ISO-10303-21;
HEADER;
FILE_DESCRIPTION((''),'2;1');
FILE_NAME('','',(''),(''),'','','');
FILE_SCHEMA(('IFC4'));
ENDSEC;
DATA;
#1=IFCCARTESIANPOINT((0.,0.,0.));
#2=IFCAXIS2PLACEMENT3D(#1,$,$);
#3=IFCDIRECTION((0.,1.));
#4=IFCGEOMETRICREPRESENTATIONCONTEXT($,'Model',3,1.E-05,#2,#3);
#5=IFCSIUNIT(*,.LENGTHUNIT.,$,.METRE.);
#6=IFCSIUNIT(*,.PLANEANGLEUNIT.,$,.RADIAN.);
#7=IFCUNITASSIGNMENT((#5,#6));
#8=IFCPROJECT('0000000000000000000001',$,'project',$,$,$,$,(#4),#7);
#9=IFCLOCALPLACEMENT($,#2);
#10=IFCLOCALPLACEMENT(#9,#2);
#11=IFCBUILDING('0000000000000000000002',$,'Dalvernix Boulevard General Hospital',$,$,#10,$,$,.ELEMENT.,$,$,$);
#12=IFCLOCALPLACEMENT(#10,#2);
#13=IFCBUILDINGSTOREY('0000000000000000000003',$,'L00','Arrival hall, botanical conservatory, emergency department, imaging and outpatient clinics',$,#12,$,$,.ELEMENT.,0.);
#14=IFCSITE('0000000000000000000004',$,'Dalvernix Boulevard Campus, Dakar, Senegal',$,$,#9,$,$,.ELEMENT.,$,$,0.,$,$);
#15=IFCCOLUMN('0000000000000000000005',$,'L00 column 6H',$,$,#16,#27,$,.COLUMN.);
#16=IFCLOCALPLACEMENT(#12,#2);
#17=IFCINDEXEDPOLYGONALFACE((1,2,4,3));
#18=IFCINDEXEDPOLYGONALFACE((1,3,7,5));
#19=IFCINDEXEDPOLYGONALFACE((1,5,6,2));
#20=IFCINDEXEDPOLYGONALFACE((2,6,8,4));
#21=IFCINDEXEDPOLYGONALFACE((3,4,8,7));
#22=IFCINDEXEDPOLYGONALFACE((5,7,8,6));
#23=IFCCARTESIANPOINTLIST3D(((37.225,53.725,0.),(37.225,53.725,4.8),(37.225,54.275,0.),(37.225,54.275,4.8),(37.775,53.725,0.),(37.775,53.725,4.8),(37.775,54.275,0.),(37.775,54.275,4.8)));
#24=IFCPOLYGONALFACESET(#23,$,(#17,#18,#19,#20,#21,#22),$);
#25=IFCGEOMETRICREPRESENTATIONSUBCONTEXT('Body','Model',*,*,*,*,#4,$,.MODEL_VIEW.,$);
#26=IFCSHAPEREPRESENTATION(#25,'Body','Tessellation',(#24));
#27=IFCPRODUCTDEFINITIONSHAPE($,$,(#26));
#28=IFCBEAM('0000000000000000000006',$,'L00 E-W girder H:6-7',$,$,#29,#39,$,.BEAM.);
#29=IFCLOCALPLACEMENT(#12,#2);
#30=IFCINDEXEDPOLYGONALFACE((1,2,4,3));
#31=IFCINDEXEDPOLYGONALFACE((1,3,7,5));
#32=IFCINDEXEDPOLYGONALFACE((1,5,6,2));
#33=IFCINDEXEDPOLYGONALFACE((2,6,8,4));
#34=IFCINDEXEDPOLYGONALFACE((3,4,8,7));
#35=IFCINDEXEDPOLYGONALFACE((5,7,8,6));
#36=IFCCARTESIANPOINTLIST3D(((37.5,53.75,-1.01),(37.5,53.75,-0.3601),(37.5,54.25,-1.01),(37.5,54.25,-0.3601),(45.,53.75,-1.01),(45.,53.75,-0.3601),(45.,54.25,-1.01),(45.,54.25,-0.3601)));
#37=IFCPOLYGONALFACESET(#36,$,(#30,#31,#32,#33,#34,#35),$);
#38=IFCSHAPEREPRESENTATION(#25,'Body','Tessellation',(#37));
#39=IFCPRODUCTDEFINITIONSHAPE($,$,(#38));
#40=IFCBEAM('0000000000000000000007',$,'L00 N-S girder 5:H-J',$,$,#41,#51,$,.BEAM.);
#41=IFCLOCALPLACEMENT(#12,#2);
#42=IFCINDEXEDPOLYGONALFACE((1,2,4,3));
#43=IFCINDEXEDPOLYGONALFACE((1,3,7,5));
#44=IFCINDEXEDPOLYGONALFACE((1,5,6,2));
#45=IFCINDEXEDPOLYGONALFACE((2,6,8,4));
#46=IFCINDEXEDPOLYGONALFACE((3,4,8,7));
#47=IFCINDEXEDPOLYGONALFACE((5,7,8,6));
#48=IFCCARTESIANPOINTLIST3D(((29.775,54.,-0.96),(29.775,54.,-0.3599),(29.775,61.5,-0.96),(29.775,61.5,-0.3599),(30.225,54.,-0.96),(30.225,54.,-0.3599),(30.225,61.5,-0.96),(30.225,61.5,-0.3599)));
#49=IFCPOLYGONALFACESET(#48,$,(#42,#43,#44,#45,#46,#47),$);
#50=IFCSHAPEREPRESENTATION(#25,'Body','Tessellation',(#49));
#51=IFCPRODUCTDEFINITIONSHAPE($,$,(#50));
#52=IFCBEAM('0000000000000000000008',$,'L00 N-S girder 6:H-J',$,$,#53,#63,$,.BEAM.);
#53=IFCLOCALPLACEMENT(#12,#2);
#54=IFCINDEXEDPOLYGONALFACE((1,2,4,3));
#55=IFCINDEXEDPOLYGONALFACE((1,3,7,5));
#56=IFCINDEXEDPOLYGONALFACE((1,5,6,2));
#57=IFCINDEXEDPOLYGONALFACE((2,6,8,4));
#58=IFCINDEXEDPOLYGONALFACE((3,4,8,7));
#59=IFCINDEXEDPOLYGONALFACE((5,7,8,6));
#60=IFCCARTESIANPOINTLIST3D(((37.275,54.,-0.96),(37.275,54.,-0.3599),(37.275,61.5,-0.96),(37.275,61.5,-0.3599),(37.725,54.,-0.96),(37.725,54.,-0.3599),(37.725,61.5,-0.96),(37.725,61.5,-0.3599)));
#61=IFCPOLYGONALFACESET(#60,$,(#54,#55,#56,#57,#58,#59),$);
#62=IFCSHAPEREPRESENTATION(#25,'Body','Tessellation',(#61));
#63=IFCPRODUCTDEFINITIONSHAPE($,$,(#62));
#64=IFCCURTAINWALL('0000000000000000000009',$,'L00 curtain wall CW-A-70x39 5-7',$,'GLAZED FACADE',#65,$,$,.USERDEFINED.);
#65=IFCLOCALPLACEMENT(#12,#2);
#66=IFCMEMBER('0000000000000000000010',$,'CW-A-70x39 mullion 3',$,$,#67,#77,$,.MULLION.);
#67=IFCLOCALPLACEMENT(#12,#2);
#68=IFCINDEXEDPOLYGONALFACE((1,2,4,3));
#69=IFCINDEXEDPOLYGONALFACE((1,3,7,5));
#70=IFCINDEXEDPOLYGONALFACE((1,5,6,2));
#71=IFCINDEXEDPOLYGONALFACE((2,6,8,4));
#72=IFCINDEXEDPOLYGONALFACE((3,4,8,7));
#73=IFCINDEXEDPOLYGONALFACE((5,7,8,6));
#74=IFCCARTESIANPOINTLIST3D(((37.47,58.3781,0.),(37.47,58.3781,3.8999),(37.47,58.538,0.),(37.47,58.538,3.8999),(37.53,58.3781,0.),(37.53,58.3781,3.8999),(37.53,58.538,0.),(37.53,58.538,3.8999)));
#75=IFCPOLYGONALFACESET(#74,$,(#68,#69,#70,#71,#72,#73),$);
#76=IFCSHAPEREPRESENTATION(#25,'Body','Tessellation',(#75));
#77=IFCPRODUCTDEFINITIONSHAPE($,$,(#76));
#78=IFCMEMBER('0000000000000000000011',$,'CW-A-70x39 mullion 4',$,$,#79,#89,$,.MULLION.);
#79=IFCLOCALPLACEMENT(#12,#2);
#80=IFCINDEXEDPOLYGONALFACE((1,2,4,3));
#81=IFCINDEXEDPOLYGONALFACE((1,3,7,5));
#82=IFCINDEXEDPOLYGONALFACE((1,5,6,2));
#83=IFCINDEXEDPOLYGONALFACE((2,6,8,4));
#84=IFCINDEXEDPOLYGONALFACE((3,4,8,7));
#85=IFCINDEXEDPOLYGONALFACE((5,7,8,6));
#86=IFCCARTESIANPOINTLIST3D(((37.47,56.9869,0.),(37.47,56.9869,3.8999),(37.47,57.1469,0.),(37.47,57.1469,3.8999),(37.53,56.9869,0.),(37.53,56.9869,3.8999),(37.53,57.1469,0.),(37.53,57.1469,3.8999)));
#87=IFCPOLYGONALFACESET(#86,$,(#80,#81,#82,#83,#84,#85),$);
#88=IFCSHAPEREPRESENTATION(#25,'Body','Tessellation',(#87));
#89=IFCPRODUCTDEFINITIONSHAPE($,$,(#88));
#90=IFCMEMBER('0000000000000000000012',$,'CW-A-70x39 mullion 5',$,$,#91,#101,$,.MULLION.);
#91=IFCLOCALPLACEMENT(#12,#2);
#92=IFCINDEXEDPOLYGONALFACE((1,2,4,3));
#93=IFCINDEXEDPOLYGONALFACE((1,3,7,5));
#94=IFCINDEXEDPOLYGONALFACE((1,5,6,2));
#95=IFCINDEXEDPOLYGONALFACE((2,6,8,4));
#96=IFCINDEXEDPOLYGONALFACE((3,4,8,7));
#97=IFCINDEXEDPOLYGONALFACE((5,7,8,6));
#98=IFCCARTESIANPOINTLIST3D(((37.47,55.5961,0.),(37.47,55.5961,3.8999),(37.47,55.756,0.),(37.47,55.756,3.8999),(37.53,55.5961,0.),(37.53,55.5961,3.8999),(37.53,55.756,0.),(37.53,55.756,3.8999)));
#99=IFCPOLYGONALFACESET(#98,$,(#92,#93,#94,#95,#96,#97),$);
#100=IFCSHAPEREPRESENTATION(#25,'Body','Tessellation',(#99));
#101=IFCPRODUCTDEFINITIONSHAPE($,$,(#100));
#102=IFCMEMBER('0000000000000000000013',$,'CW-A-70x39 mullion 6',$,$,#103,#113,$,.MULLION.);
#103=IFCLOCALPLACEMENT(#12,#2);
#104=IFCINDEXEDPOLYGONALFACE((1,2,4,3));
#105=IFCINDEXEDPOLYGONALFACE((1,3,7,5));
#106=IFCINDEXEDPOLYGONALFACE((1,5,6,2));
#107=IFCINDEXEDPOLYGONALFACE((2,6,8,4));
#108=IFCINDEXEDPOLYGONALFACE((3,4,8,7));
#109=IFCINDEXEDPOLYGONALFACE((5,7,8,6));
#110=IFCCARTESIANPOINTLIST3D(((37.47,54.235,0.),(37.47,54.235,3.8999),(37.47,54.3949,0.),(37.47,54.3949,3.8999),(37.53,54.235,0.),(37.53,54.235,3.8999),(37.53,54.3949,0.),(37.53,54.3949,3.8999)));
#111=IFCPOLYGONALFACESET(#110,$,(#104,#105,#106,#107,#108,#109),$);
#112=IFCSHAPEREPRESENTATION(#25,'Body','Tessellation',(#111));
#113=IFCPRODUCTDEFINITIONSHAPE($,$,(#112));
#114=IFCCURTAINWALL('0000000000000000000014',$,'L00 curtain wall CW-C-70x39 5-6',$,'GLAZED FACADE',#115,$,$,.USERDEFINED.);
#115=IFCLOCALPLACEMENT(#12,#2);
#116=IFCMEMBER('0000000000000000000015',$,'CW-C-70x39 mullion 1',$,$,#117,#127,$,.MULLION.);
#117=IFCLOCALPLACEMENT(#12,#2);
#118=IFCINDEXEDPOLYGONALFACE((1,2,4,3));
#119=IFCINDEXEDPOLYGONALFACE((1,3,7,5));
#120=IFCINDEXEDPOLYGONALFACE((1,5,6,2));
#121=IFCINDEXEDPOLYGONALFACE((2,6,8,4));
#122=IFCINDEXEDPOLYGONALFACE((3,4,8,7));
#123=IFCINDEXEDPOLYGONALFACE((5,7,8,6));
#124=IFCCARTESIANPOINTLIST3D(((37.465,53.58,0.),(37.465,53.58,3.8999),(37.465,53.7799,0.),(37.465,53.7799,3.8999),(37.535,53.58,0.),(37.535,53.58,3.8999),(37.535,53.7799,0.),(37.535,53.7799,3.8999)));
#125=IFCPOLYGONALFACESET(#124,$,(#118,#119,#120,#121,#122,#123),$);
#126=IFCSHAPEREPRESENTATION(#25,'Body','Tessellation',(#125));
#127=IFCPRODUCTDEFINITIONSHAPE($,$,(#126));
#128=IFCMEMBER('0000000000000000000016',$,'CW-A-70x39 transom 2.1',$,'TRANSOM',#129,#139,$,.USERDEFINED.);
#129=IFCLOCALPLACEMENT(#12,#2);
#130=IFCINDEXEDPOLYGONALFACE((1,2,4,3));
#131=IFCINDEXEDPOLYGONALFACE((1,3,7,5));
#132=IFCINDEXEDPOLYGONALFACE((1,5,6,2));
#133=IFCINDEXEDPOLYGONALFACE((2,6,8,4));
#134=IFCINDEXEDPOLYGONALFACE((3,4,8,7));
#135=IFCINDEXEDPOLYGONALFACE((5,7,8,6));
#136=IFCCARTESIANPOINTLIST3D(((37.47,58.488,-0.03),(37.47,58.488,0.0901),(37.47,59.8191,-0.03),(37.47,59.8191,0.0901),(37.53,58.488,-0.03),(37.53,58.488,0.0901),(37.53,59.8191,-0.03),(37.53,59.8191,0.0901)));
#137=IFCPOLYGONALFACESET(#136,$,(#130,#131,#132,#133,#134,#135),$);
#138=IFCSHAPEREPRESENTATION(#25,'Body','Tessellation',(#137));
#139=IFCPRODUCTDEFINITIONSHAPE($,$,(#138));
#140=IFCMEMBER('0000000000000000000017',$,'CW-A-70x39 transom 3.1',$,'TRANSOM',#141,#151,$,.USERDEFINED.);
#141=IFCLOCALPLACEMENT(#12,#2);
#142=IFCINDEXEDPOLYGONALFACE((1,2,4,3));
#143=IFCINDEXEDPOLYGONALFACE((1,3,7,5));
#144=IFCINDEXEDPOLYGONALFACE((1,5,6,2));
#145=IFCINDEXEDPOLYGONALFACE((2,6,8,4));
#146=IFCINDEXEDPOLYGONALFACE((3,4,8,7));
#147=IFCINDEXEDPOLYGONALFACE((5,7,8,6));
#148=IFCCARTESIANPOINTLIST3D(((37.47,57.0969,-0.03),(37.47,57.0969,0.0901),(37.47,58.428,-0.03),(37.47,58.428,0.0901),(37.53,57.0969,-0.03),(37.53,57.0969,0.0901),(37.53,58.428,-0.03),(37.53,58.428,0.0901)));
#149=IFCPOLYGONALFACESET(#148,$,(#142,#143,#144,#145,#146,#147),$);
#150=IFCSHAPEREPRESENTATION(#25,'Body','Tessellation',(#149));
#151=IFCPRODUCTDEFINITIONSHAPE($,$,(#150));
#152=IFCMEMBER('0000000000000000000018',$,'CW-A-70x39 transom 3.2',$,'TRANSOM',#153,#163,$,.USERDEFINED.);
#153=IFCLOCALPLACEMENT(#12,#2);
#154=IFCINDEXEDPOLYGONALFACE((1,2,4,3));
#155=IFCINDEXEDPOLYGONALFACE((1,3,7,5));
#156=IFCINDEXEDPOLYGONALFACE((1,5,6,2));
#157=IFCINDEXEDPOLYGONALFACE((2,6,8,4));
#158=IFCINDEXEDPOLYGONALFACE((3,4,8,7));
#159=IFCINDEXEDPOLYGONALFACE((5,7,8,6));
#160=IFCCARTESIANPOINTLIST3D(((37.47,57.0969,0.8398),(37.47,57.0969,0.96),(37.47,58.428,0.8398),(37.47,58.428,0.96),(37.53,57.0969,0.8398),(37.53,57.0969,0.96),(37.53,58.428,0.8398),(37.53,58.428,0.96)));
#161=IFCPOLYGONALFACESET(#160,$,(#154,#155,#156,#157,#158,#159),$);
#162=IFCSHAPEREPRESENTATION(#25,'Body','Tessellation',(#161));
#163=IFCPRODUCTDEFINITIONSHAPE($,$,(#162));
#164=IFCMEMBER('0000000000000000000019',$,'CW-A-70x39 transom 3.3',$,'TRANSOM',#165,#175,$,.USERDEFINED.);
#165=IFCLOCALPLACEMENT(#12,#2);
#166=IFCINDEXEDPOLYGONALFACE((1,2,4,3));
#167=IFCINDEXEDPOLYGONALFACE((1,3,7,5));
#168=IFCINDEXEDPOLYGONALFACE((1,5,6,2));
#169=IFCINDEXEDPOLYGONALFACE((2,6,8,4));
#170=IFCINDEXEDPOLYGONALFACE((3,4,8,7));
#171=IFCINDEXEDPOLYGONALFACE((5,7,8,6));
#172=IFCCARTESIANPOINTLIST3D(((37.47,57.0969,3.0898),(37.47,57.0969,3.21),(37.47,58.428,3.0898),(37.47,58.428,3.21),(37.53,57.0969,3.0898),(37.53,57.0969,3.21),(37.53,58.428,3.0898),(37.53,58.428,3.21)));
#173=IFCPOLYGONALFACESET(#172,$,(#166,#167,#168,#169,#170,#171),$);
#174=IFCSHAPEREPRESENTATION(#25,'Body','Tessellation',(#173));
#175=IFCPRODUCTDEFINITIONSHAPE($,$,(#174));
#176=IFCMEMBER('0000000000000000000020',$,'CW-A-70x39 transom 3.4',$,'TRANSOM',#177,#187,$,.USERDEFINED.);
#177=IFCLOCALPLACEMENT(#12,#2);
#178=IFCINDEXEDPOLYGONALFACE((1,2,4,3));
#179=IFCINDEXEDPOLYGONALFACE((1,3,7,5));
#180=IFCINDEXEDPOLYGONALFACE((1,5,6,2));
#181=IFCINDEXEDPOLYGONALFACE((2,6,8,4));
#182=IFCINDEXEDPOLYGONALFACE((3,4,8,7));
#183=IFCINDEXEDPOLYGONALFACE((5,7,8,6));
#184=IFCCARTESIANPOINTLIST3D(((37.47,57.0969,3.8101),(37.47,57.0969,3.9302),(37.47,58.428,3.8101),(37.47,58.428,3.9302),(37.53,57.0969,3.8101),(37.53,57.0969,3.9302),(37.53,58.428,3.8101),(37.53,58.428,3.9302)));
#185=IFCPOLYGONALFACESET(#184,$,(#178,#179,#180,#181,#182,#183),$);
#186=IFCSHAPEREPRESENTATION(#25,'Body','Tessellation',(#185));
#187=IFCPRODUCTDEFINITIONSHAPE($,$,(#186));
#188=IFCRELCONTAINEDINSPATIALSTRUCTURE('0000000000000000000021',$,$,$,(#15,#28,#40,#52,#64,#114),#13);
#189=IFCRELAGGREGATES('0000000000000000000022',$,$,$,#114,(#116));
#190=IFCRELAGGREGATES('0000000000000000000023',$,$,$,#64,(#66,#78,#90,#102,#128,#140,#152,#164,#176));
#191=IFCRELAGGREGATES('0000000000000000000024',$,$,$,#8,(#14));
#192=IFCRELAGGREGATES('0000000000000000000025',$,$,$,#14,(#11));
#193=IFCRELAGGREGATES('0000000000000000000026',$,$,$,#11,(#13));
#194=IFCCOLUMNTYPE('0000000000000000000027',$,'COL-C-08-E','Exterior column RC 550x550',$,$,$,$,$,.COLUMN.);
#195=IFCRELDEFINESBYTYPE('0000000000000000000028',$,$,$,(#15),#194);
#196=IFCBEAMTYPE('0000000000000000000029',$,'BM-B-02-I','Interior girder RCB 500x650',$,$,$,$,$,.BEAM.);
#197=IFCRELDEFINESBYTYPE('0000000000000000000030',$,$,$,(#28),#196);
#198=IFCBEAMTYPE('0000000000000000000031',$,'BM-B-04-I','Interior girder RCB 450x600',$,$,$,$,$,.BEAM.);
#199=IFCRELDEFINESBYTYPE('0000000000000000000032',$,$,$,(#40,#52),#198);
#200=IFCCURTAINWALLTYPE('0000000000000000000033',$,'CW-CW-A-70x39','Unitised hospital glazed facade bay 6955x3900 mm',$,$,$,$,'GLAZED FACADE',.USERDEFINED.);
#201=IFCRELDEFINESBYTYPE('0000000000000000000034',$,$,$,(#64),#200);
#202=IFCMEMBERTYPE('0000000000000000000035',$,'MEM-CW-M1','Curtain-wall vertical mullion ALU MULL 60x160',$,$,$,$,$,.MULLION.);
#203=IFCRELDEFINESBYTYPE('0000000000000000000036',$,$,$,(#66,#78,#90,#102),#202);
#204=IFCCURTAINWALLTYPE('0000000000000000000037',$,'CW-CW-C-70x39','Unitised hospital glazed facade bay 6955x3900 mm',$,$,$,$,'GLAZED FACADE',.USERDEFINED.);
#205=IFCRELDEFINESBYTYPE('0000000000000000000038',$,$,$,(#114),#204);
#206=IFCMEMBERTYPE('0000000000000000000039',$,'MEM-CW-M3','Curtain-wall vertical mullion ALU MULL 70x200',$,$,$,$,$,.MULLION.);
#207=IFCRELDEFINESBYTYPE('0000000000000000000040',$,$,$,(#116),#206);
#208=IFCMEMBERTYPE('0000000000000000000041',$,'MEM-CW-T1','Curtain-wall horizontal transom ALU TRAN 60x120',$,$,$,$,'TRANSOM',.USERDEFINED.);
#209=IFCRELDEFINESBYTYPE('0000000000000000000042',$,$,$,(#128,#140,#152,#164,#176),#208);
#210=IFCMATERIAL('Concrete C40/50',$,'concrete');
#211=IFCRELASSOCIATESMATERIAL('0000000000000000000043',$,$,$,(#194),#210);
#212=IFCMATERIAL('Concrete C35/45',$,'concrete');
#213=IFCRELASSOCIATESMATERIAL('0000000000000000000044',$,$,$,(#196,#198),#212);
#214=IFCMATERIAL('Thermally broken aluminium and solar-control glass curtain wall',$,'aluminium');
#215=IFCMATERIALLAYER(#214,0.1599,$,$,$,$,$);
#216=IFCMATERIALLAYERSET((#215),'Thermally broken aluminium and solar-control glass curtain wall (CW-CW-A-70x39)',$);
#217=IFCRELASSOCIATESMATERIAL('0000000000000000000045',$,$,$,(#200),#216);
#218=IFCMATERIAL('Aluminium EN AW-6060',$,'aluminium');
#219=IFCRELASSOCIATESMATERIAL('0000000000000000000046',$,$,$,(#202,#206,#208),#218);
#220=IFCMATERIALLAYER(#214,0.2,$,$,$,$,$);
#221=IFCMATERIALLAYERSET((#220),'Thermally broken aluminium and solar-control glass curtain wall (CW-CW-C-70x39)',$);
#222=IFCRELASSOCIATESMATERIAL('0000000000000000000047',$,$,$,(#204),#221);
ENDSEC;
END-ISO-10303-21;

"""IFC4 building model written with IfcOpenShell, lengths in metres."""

from ifc_helpers import new_model, si_unit, direction, frame, origin, origin_2d, place, context, subcontext, project, spatial, rectangle, extrude, material, layer, layer_set, material_profile, profile_set, type_object, element, aggregate, save


model = new_model("IFC4")

# Units and contexts
model_context = context("Model", 3, precision=1e-05, world=origin(), true_north=direction((0.0, 1.0)))
body_context = subcontext(model_context, "Body", "Model", "MODEL_VIEW")
ifc_project = project(units=[si_unit("LENGTHUNIT", "METRE"), si_unit("PLANEANGLEUNIT", "RADIAN")], contexts=[model_context])

# Site, building, storey
site_placement = place(None, origin())
site = spatial("IfcSite", under=ifc_project, at=site_placement, Name="Dalvernix Boulevard Campus, Dakar, Senegal", CompositionType="ELEMENT", RefElevation=0.0)
building_placement = place(site_placement, origin())
building = spatial("IfcBuilding", under=site, at=building_placement, Name="Dalvernix Boulevard General Hospital", CompositionType="ELEMENT")
storey_placement = place(building_placement, origin())
storey = spatial("IfcBuildingStorey", under=building, at=storey_placement, Name="L00", Description="Arrival hall, botanical conservatory, emergency department, imaging and outpatient clinics", CompositionType="ELEMENT", Elevation=0.0)

# Column
ifc_material_1 = material(Name="Concrete C40/50", Category="concrete")
ifc_material_profile_1 = material_profile(ifc_material_1, rectangle(XDim=0.55, YDim=0.55, at=origin_2d()), Name="RC 550x550")
ifc_profile_set_1 = profile_set([ifc_material_profile_1], Name="Concrete C40/50")
column_type = type_object("IfcColumnType", Name="COL-C-08-E", Description="Exterior column RC 550x550", PredefinedType="COLUMN", material=ifc_profile_set_1)
column_placement = place(storey_placement, frame((37.5, 54.0, 0.0), z_axis=(0.0, 0.0, 1.0), x_axis=(1.0, 0.0, 0.0)))
element("IfcColumn", 1, at=column_placement, inside=storey, type_object=column_type, Name="L00 column 6H", PredefinedType="COLUMN", context=body_context, shape_type="SweptSolid", body=[
    extrude(rectangle(XDim=0.55, YDim=0.55, at=origin_2d()), origin(), (0.0, 0.0, 1.0), 4.8),
])

# Beams
ifc_material_2 = material(Name="Concrete C35/45", Category="concrete")
ifc_material_profile_2 = material_profile(ifc_material_2, rectangle(XDim=0.5, YDim=0.6499, at=origin_2d()), Name="RCB 500x650")
ifc_profile_set_2 = profile_set([ifc_material_profile_2], Name="Concrete C35/45")
beam_type_1 = type_object("IfcBeamType", Name="BM-B-02-I", Description="Interior girder RCB 500x650", PredefinedType="BEAM", material=ifc_profile_set_2)
beam_placement = place(storey_placement, frame((37.5, 54.0, -0.6851), z_axis=(1.0, 0.0, 0.0), x_axis=(0.0, 1.0, 0.0)))
element("IfcBeam", 2, at=beam_placement, inside=storey, type_object=beam_type_1, Name="L00 E-W girder H:6-7", PredefinedType="BEAM", context=body_context, shape_type="SweptSolid", body=[
    extrude(rectangle(XDim=0.5, YDim=0.6499, at=origin_2d()), origin(), (0.0, 0.0, 1.0), 7.5),
])
ifc_material_profile_3 = material_profile(ifc_material_2, rectangle(XDim=0.45, YDim=0.6001, at=origin_2d()), Name="RCB 450x600")
ifc_profile_set_3 = profile_set([ifc_material_profile_3], Name="Concrete C35/45")
beam_type_2 = type_object("IfcBeamType", Name="BM-B-04-I", Description="Interior girder RCB 450x600", PredefinedType="BEAM", material=ifc_profile_set_3)
for number, where, z_axis, x_axis, name in (
    (3, (30.0, 54.0, -0.6599), (0.0, 1.0, 0.0), (-1.0, 0.0, 0.0), "L00 N-S girder 5:H-J"),
    (4, (37.5, 54.0, -0.6599), (0.0, 1.0, 0.0), (-1.0, 0.0, 0.0), "L00 N-S girder 6:H-J"),
):
    element("IfcBeam", number, at=place(storey_placement, frame(where, z_axis=z_axis, x_axis=x_axis)), inside=storey, type_object=beam_type_2, Name=name, PredefinedType="BEAM", context=body_context, shape_type="SweptSolid", body=[
        extrude(rectangle(XDim=0.45, YDim=0.6001, at=origin_2d()), origin(), (0.0, 0.0, 1.0), 7.5),
    ])

# Curtain wall, members
ifc_material_3 = material(Name="Thermally broken aluminium and solar-control glass curtain wall", Category="aluminium")
ifc_layer_1 = layer(ifc_material_3, 0.1599)
ifc_layer_set_1 = layer_set([ifc_layer_1], Name="Thermally broken aluminium and solar-control glass curtain wall (CW-CW-A-70x39)")
curtain_wall_type_1 = type_object("IfcCurtainWallType", Name="CW-CW-A-70x39", Description="Unitised hospital glazed facade bay 6955x3900 mm", ElementType="GLAZED FACADE", PredefinedType="USERDEFINED", material=ifc_layer_set_1)
curtain_wall_1_placement = place(storey_placement, origin())
curtain_wall_1 = element("IfcCurtainWall", 5, at=curtain_wall_1_placement, inside=storey, type_object=curtain_wall_type_1, Name="L00 curtain wall CW-A-70x39 5-7", ObjectType="GLAZED FACADE", PredefinedType="USERDEFINED")
ifc_material_4 = material(Name="Aluminium EN AW-6060", Category="aluminium")
ifc_material_profile_4 = material_profile(ifc_material_4, rectangle(XDim=0.0601, YDim=0.1599, at=origin_2d()), Name="ALU MULL 60x160")
ifc_profile_set_4 = profile_set([ifc_material_profile_4], Name="Aluminium EN AW-6060")
member_type_1 = type_object("IfcMemberType", Name="MEM-CW-M1", Description="Curtain-wall vertical mullion ALU MULL 60x160", PredefinedType="MULLION", material=ifc_profile_set_4)
member_1_placement = place(storey_placement, frame((37.5, 58.458, 0.0), z_axis=(0.0, 0.0, 1.0), x_axis=(1.0, 0.0, 0.0)))
member_1 = element("IfcMember", 6, at=member_1_placement, type_object=member_type_1, Name="CW-A-70x39 mullion 3", PredefinedType="MULLION", context=body_context, shape_type="SweptSolid", body=[
    extrude(rectangle(XDim=0.0601, YDim=0.1599, at=origin_2d()), origin(), (0.0, 0.0, 1.0), 3.8999),
])
member_2_placement = place(storey_placement, frame((37.5, 57.0669, 0.0), z_axis=(0.0, 0.0, 1.0), x_axis=(1.0, 0.0, 0.0)))
member_2 = element("IfcMember", 7, at=member_2_placement, type_object=member_type_1, Name="CW-A-70x39 mullion 4", PredefinedType="MULLION", context=body_context, shape_type="SweptSolid", body=[
    extrude(rectangle(XDim=0.0601, YDim=0.1599, at=origin_2d()), origin(), (0.0, 0.0, 1.0), 3.8999),
])
member_3_placement = place(storey_placement, frame((37.5, 55.676, 0.0), z_axis=(0.0, 0.0, 1.0), x_axis=(1.0, 0.0, 0.0)))
member_3 = element("IfcMember", 8, at=member_3_placement, type_object=member_type_1, Name="CW-A-70x39 mullion 5", PredefinedType="MULLION", context=body_context, shape_type="SweptSolid", body=[
    extrude(rectangle(XDim=0.0601, YDim=0.1599, at=origin_2d()), origin(), (0.0, 0.0, 1.0), 3.8999),
])
member_4_placement = place(storey_placement, frame((37.5, 54.3149, 0.0), z_axis=(0.0, 0.0, 1.0), x_axis=(1.0, 0.0, 0.0)))
member_4 = element("IfcMember", 9, at=member_4_placement, type_object=member_type_1, Name="CW-A-70x39 mullion 6", PredefinedType="MULLION", context=body_context, shape_type="SweptSolid", body=[
    extrude(rectangle(XDim=0.0601, YDim=0.1599, at=origin_2d()), origin(), (0.0, 0.0, 1.0), 3.8999),
])

# Curtain wall, member
ifc_layer_2 = layer(ifc_material_3, 0.2)
ifc_layer_set_2 = layer_set([ifc_layer_2], Name="Thermally broken aluminium and solar-control glass curtain wall (CW-CW-C-70x39)")
curtain_wall_type_2 = type_object("IfcCurtainWallType", Name="CW-CW-C-70x39", Description="Unitised hospital glazed facade bay 6955x3900 mm", ElementType="GLAZED FACADE", PredefinedType="USERDEFINED", material=ifc_layer_set_2)
curtain_wall_2_placement = place(storey_placement, origin())
curtain_wall_2 = element("IfcCurtainWall", 10, at=curtain_wall_2_placement, inside=storey, type_object=curtain_wall_type_2, Name="L00 curtain wall CW-C-70x39 5-6", ObjectType="GLAZED FACADE", PredefinedType="USERDEFINED")
ifc_material_profile_5 = material_profile(ifc_material_4, rectangle(XDim=0.0701, YDim=0.2, at=origin_2d()), Name="ALU MULL 70x200")
ifc_profile_set_5 = profile_set([ifc_material_profile_5], Name="Aluminium EN AW-6060")
member_type_2 = type_object("IfcMemberType", Name="MEM-CW-M3", Description="Curtain-wall vertical mullion ALU MULL 70x200", PredefinedType="MULLION", material=ifc_profile_set_5)
member_5_placement = place(storey_placement, frame((37.5, 53.6799, 0.0), z_axis=(0.0, 0.0, 1.0), x_axis=(1.0, 0.0, 0.0)))
member_5 = element("IfcMember", 11, at=member_5_placement, type_object=member_type_2, Name="CW-C-70x39 mullion 1", PredefinedType="MULLION", context=body_context, shape_type="SweptSolid", body=[
    extrude(rectangle(XDim=0.0701, YDim=0.2, at=origin_2d()), origin(), (0.0, 0.0, 1.0), 3.8999),
])

# Members
ifc_material_profile_6 = material_profile(ifc_material_4, rectangle(XDim=0.0601, YDim=0.1201, at=origin_2d()), Name="ALU TRAN 60x120")
ifc_profile_set_6 = profile_set([ifc_material_profile_6], Name="Aluminium EN AW-6060")
member_type_3 = type_object("IfcMemberType", Name="MEM-CW-T1", Description="Curtain-wall horizontal transom ALU TRAN 60x120", ElementType="TRANSOM", PredefinedType="USERDEFINED", material=ifc_profile_set_6)
member_6_placement = place(storey_placement, frame((37.5, 59.8191, 0.03), z_axis=(0.0, -1.0, 0.0), x_axis=(1.0, 0.0, 0.0)))
member_6 = element("IfcMember", 12, at=member_6_placement, type_object=member_type_3, Name="CW-A-70x39 transom 2.1", ObjectType="TRANSOM", PredefinedType="USERDEFINED", context=body_context, shape_type="SweptSolid", body=[
    extrude(rectangle(XDim=0.0601, YDim=0.1201, at=origin_2d()), origin(), (0.0, 0.0, 1.0), 1.3311),
])
member_7_placement = place(storey_placement, frame((37.5, 58.428, 0.03), z_axis=(0.0, -1.0, 0.0), x_axis=(1.0, 0.0, 0.0)))
member_7 = element("IfcMember", 13, at=member_7_placement, type_object=member_type_3, Name="CW-A-70x39 transom 3.1", ObjectType="TRANSOM", PredefinedType="USERDEFINED", context=body_context, shape_type="SweptSolid", body=[
    extrude(rectangle(XDim=0.0601, YDim=0.1201, at=origin_2d()), origin(), (0.0, 0.0, 1.0), 1.3311),
])
member_8_placement = place(storey_placement, frame((37.5, 58.428, 0.8999), z_axis=(0.0, -1.0, 0.0), x_axis=(1.0, 0.0, 0.0)))
member_8 = element("IfcMember", 14, at=member_8_placement, type_object=member_type_3, Name="CW-A-70x39 transom 3.2", ObjectType="TRANSOM", PredefinedType="USERDEFINED", context=body_context, shape_type="SweptSolid", body=[
    extrude(rectangle(XDim=0.0601, YDim=0.1201, at=origin_2d()), origin(), (0.0, 0.0, 1.0), 1.3311),
])
member_9_placement = place(storey_placement, frame((37.5, 58.428, 3.1499), z_axis=(0.0, -1.0, 0.0), x_axis=(1.0, 0.0, 0.0)))
member_9 = element("IfcMember", 15, at=member_9_placement, type_object=member_type_3, Name="CW-A-70x39 transom 3.3", ObjectType="TRANSOM", PredefinedType="USERDEFINED", context=body_context, shape_type="SweptSolid", body=[
    extrude(rectangle(XDim=0.0601, YDim=0.1201, at=origin_2d()), origin(), (0.0, 0.0, 1.0), 1.3311),
])
member_10_placement = place(storey_placement, frame((37.5, 58.428, 3.8701), z_axis=(0.0, -1.0, 0.0), x_axis=(1.0, 0.0, 0.0)))
member_10 = element("IfcMember", 16, at=member_10_placement, type_object=member_type_3, Name="CW-A-70x39 transom 3.4", ObjectType="TRANSOM", PredefinedType="USERDEFINED", context=body_context, shape_type="SweptSolid", body=[
    extrude(rectangle(XDim=0.0601, YDim=0.1201, at=origin_2d()), origin(), (0.0, 0.0, 1.0), 1.3311),
])
aggregate(curtain_wall_2, [member_5])

aggregate(curtain_wall_1, [member_1, member_2, member_3, member_4, member_6, member_7, member_8, member_9, member_10])

save(model, "model.ifc")
